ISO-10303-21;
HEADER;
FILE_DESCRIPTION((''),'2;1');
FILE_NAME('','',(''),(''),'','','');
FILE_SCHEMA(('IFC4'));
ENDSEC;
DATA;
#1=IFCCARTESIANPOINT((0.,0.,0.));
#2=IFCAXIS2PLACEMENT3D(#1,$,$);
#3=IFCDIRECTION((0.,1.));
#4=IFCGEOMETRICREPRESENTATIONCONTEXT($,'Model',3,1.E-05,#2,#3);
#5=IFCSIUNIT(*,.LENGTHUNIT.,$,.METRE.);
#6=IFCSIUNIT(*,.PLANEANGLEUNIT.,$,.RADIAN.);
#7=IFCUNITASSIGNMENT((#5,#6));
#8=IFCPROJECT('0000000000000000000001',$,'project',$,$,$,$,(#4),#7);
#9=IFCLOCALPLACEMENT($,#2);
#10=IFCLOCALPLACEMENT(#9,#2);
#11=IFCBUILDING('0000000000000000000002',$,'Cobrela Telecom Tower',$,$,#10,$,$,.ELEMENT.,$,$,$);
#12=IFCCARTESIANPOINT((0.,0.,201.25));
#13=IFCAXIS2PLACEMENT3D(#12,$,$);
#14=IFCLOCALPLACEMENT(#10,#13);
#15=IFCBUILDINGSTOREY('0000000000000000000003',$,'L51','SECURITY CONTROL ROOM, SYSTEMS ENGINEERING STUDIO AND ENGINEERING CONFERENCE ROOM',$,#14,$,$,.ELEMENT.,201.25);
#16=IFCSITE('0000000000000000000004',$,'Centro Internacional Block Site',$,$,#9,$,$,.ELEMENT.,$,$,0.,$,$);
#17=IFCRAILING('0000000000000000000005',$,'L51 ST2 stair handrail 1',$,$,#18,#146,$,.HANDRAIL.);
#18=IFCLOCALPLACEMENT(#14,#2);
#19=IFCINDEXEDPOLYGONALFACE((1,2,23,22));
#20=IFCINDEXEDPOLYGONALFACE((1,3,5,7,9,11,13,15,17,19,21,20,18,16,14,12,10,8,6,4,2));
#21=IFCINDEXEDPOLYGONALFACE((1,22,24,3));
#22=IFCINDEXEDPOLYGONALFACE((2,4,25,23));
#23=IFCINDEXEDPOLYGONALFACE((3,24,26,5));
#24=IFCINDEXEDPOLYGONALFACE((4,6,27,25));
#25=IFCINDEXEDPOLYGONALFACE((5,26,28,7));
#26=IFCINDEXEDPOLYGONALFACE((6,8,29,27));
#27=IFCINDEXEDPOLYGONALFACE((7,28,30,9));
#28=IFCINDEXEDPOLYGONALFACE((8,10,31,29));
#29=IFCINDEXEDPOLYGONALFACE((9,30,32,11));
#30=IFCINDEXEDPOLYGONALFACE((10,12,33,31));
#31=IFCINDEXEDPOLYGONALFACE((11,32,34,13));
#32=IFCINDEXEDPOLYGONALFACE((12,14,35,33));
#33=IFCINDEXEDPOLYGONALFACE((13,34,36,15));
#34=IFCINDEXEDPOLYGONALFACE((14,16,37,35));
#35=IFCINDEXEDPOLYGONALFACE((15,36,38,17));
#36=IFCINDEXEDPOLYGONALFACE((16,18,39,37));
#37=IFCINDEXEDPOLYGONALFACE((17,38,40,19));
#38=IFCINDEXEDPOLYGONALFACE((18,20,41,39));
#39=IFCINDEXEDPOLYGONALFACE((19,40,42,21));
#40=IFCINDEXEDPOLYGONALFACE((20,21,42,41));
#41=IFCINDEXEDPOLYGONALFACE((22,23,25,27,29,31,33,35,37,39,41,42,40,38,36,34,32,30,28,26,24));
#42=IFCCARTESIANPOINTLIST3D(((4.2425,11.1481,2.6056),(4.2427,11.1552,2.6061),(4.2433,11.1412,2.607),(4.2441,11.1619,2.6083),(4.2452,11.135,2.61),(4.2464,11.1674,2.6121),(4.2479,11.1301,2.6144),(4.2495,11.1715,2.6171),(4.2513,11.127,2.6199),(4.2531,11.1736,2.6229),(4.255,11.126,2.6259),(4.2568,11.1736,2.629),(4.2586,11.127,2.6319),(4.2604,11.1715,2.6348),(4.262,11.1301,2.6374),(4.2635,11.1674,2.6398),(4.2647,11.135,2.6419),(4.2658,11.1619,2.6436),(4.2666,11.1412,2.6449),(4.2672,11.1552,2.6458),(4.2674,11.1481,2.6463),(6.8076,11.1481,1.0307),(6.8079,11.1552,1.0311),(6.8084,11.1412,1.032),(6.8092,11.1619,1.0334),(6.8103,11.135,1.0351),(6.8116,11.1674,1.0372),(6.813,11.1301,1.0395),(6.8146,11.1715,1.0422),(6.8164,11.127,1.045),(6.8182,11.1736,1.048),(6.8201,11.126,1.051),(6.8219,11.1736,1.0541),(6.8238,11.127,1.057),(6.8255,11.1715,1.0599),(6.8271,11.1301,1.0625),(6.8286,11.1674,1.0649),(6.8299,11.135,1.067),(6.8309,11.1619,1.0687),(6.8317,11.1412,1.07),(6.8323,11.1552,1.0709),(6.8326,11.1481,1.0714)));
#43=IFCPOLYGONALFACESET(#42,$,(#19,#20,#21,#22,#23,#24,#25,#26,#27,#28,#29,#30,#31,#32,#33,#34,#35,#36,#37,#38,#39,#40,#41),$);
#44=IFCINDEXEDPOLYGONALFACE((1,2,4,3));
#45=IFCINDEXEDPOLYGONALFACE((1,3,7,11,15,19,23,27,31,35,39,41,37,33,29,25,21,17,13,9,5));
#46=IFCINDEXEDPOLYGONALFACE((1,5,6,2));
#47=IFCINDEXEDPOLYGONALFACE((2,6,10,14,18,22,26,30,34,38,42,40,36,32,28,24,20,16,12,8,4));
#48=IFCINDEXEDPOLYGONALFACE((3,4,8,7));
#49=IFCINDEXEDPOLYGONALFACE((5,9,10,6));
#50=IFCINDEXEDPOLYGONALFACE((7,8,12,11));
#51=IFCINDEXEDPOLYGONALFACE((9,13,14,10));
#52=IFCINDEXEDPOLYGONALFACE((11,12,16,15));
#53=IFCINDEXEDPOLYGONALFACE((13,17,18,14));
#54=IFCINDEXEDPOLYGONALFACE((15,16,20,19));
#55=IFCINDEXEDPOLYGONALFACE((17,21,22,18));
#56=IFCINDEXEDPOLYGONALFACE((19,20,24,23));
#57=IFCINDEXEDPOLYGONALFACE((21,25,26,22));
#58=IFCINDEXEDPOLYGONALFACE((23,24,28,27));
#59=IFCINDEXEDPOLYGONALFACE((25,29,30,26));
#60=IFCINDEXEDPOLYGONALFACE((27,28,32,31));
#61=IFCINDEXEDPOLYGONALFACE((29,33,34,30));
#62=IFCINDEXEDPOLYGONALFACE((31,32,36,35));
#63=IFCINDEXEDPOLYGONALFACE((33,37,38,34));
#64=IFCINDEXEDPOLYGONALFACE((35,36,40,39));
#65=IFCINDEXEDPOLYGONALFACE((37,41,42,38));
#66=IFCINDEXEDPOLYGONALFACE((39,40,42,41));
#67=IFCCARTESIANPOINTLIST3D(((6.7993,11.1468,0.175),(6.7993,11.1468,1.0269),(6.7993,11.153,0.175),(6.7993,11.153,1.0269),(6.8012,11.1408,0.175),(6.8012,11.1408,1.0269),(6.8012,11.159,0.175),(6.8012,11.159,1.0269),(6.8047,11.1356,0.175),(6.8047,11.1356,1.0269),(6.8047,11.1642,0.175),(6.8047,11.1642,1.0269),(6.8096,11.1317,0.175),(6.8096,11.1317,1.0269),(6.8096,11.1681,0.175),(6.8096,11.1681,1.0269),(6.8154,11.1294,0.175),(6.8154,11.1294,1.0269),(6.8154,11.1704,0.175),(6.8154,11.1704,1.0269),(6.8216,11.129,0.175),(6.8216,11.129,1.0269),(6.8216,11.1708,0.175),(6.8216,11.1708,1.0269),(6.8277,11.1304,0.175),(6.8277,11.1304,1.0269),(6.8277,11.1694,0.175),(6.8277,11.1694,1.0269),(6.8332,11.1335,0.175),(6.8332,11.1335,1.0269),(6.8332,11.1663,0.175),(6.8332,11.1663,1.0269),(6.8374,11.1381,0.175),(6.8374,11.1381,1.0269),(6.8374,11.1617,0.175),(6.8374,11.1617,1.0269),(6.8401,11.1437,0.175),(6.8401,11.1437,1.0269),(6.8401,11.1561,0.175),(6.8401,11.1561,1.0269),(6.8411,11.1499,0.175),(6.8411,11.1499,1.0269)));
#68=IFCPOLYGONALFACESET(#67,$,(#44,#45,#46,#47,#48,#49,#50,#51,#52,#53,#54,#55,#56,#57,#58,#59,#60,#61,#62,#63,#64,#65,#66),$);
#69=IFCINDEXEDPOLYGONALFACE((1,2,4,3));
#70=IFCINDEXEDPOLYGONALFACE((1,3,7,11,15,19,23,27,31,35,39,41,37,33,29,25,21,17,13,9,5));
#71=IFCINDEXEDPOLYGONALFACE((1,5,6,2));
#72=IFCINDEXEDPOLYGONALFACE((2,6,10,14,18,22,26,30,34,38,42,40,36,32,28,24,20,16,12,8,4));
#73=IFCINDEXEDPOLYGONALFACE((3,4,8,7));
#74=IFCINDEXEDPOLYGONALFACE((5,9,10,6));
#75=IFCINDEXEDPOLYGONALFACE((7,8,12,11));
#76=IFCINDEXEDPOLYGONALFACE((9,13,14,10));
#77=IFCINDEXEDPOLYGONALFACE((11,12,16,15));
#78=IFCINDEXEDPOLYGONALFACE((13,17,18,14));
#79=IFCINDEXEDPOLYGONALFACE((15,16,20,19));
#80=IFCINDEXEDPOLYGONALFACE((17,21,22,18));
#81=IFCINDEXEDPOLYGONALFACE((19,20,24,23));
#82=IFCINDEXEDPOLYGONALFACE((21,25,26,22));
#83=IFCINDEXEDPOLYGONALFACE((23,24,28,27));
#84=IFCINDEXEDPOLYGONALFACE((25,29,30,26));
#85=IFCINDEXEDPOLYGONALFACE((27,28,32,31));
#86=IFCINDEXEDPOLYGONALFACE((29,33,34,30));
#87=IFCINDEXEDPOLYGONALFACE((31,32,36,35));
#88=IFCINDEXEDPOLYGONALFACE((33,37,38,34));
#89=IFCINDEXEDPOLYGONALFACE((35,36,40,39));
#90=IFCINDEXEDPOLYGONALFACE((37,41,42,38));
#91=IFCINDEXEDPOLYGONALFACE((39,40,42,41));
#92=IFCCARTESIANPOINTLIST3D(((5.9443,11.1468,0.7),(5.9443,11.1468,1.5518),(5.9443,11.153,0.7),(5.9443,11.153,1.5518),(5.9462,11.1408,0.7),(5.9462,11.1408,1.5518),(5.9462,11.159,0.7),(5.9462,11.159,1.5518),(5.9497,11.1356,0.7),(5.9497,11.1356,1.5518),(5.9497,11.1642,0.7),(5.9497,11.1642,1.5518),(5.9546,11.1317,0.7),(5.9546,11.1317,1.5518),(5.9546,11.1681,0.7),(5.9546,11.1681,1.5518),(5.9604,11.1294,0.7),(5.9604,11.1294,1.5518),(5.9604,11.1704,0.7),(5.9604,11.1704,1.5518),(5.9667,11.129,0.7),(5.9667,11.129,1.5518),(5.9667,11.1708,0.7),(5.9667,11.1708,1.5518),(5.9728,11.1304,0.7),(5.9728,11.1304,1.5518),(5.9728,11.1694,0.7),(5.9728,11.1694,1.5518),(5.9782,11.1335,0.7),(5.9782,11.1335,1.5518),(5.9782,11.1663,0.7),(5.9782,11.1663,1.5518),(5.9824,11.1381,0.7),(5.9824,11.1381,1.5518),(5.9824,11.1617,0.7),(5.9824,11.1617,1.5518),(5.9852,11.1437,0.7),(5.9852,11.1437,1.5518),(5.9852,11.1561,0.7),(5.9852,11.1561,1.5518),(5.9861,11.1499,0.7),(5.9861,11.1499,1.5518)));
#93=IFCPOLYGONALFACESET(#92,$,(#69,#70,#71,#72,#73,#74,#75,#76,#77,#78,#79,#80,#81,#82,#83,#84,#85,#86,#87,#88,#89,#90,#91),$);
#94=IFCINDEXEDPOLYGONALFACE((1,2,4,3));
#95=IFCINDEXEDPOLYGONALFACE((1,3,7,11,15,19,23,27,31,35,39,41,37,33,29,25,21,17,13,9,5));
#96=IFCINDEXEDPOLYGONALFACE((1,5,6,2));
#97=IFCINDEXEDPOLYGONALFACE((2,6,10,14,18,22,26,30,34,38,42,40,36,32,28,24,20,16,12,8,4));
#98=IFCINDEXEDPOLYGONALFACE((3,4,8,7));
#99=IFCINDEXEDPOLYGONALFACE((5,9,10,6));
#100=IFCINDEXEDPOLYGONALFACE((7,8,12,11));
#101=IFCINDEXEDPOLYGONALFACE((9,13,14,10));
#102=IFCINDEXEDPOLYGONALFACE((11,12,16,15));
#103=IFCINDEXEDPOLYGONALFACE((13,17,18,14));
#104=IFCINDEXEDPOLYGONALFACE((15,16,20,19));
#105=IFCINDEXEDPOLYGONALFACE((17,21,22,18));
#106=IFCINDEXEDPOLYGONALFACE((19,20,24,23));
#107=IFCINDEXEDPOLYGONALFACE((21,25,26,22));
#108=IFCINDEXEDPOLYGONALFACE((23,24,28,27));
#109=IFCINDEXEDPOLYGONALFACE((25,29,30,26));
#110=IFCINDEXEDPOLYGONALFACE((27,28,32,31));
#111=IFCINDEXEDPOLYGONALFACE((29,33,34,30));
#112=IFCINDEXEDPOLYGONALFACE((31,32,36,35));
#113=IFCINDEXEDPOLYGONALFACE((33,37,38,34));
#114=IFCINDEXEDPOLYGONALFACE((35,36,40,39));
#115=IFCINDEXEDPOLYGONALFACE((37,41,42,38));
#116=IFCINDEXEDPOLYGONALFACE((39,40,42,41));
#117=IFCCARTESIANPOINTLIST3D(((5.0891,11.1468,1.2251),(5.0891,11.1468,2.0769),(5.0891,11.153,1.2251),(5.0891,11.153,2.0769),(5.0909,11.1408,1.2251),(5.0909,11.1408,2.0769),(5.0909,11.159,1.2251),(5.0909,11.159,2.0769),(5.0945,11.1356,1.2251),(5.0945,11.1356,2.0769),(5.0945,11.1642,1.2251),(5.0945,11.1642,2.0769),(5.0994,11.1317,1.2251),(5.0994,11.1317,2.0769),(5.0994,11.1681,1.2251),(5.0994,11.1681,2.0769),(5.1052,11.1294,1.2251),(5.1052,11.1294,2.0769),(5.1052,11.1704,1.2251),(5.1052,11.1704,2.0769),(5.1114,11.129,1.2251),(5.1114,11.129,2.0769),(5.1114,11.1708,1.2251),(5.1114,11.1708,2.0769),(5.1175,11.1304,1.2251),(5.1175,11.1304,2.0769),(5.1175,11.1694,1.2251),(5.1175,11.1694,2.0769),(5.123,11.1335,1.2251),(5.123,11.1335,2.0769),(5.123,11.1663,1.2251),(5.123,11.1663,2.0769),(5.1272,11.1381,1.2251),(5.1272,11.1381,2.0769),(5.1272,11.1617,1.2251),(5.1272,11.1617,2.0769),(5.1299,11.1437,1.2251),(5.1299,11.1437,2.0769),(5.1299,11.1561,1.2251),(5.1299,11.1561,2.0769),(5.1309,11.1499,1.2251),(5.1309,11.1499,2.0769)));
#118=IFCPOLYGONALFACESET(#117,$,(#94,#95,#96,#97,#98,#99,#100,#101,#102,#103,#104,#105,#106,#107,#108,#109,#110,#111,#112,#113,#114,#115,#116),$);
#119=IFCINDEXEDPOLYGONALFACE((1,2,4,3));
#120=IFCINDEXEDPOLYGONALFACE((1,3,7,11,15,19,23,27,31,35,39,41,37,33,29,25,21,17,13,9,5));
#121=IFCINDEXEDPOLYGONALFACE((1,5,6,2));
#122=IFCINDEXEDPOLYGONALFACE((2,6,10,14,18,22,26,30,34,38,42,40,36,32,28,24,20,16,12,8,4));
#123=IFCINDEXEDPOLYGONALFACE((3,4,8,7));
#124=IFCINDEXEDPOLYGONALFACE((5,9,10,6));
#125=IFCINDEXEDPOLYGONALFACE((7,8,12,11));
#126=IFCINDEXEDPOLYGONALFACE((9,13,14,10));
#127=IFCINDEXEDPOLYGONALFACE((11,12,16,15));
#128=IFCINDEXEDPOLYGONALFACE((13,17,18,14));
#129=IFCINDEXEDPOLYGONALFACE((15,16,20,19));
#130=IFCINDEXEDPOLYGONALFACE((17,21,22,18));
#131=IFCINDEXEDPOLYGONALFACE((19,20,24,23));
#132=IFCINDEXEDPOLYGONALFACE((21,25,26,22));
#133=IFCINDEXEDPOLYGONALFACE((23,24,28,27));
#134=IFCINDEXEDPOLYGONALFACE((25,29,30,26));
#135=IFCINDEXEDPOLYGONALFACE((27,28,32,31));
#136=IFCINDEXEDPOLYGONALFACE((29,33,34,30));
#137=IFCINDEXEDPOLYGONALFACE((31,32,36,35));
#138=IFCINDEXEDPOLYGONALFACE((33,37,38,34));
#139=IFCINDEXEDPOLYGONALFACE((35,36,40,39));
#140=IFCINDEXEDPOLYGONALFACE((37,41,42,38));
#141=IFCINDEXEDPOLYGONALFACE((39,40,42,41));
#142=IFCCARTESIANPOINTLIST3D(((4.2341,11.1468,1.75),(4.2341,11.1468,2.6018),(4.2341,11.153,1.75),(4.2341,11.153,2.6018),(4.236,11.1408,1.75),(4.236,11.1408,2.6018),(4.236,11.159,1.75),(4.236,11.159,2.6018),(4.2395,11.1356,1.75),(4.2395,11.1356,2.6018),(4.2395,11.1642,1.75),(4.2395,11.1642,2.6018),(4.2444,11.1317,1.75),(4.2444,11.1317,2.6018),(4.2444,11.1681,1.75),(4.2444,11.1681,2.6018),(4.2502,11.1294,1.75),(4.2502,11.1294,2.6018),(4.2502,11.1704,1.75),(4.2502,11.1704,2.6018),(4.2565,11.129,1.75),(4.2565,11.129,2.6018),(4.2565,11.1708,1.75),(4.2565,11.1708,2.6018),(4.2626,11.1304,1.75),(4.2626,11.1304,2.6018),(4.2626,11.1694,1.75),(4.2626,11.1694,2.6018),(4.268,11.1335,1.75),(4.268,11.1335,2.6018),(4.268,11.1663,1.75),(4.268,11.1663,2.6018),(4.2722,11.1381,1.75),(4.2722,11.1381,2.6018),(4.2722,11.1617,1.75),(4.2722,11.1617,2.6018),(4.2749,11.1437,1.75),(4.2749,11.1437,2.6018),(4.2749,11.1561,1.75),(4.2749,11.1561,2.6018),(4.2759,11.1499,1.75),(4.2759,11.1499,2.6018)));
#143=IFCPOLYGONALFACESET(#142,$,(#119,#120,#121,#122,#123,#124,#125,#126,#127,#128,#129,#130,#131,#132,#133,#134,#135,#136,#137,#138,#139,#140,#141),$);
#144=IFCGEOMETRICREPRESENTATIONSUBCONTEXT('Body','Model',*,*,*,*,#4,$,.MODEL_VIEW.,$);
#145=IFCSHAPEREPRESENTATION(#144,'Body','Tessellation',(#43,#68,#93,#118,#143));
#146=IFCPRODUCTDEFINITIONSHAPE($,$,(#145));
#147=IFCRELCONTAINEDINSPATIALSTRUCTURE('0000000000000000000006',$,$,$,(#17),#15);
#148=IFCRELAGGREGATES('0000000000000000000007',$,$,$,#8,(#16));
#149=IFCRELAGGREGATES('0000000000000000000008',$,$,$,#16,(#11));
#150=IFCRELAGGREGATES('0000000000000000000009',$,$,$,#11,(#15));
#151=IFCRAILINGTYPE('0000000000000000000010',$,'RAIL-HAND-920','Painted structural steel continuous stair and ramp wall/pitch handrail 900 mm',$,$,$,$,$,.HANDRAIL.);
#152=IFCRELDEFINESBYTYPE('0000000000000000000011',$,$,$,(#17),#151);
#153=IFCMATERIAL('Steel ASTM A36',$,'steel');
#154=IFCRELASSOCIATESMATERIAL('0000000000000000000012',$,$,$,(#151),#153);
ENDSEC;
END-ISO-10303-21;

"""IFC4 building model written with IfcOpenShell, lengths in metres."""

from ifc_helpers import new_model, si_unit, direction, frame, origin, origin_2d, place, context, subcontext, project, spatial, circle, extrude, material, type_object, element, save


model = new_model("IFC4")

# Units and contexts
model_context = context("Model", 3, precision=1e-05, world=origin(), true_north=direction((0.0, 1.0)))
body_context = subcontext(model_context, "Body", "Model", "MODEL_VIEW")
ifc_project = project(units=[si_unit("LENGTHUNIT", "METRE"), si_unit("PLANEANGLEUNIT", "RADIAN")], contexts=[model_context])

# Site, building, storey
site_placement = place(None, origin())
site = spatial("IfcSite", under=ifc_project, at=site_placement, Name="Centro Internacional Block Site", CompositionType="ELEMENT", RefElevation=0.0)
building_placement = place(site_placement, origin())
building = spatial("IfcBuilding", under=site, at=building_placement, Name="Cobrela Telecom Tower", CompositionType="ELEMENT")
storey_placement = place(building_placement, frame((0.0, 0.0, 201.25)))
storey = spatial("IfcBuildingStorey", under=building, at=storey_placement, Name="L51", Description="SECURITY CONTROL ROOM, SYSTEMS ENGINEERING STUDIO AND ENGINEERING CONFERENCE ROOM", CompositionType="ELEMENT", Elevation=201.25)

# Railing
ifc_material_1 = material(Name="Steel ASTM A36", Category="steel")
railing_type_1 = type_object("IfcRailingType", Name="RAIL-HAND-920", Description="Painted structural steel continuous stair and ramp wall/pitch handrail 900 mm", PredefinedType="HANDRAIL", material=ifc_material_1)
railing_1_placement = place(storey_placement, frame((6.8201, 11.1499, 0.175)))
element("IfcRailing", 1, at=railing_1_placement, inside=storey, type_object=railing_type_1, Name="L51 ST2 stair handrail 1", PredefinedType="HANDRAIL", context=body_context, shape_type="SweptSolid", body=[
    extrude(circle(Radius=0.0239, at=origin_2d()), frame((0.0, 0.0, 0.876), z_axis=(-0.852195, 0.0, 0.523224), x_axis=(0.0, -1.0, 0.0)), (0.0, 0.0, 1.0), 3.01),
    extrude(circle(Radius=0.021, at=origin_2d()), origin(), (0.0, 0.0, 1.0), 0.8518),
    extrude(circle(Radius=0.021, at=origin_2d()), frame((-0.855, 0.0, 0.5249)), (0.0, 0.0, 1.0), 0.8518),
    extrude(circle(Radius=0.021, at=origin_2d()), frame((-1.7102, 0.0, 1.05)), (0.0, 0.0, 1.0), 0.8518),
    extrude(circle(Radius=0.021, at=origin_2d()), frame((-2.5652, 0.0, 1.575)), (0.0, 0.0, 1.0), 0.8518),
])

save(model, "model.ifc")
